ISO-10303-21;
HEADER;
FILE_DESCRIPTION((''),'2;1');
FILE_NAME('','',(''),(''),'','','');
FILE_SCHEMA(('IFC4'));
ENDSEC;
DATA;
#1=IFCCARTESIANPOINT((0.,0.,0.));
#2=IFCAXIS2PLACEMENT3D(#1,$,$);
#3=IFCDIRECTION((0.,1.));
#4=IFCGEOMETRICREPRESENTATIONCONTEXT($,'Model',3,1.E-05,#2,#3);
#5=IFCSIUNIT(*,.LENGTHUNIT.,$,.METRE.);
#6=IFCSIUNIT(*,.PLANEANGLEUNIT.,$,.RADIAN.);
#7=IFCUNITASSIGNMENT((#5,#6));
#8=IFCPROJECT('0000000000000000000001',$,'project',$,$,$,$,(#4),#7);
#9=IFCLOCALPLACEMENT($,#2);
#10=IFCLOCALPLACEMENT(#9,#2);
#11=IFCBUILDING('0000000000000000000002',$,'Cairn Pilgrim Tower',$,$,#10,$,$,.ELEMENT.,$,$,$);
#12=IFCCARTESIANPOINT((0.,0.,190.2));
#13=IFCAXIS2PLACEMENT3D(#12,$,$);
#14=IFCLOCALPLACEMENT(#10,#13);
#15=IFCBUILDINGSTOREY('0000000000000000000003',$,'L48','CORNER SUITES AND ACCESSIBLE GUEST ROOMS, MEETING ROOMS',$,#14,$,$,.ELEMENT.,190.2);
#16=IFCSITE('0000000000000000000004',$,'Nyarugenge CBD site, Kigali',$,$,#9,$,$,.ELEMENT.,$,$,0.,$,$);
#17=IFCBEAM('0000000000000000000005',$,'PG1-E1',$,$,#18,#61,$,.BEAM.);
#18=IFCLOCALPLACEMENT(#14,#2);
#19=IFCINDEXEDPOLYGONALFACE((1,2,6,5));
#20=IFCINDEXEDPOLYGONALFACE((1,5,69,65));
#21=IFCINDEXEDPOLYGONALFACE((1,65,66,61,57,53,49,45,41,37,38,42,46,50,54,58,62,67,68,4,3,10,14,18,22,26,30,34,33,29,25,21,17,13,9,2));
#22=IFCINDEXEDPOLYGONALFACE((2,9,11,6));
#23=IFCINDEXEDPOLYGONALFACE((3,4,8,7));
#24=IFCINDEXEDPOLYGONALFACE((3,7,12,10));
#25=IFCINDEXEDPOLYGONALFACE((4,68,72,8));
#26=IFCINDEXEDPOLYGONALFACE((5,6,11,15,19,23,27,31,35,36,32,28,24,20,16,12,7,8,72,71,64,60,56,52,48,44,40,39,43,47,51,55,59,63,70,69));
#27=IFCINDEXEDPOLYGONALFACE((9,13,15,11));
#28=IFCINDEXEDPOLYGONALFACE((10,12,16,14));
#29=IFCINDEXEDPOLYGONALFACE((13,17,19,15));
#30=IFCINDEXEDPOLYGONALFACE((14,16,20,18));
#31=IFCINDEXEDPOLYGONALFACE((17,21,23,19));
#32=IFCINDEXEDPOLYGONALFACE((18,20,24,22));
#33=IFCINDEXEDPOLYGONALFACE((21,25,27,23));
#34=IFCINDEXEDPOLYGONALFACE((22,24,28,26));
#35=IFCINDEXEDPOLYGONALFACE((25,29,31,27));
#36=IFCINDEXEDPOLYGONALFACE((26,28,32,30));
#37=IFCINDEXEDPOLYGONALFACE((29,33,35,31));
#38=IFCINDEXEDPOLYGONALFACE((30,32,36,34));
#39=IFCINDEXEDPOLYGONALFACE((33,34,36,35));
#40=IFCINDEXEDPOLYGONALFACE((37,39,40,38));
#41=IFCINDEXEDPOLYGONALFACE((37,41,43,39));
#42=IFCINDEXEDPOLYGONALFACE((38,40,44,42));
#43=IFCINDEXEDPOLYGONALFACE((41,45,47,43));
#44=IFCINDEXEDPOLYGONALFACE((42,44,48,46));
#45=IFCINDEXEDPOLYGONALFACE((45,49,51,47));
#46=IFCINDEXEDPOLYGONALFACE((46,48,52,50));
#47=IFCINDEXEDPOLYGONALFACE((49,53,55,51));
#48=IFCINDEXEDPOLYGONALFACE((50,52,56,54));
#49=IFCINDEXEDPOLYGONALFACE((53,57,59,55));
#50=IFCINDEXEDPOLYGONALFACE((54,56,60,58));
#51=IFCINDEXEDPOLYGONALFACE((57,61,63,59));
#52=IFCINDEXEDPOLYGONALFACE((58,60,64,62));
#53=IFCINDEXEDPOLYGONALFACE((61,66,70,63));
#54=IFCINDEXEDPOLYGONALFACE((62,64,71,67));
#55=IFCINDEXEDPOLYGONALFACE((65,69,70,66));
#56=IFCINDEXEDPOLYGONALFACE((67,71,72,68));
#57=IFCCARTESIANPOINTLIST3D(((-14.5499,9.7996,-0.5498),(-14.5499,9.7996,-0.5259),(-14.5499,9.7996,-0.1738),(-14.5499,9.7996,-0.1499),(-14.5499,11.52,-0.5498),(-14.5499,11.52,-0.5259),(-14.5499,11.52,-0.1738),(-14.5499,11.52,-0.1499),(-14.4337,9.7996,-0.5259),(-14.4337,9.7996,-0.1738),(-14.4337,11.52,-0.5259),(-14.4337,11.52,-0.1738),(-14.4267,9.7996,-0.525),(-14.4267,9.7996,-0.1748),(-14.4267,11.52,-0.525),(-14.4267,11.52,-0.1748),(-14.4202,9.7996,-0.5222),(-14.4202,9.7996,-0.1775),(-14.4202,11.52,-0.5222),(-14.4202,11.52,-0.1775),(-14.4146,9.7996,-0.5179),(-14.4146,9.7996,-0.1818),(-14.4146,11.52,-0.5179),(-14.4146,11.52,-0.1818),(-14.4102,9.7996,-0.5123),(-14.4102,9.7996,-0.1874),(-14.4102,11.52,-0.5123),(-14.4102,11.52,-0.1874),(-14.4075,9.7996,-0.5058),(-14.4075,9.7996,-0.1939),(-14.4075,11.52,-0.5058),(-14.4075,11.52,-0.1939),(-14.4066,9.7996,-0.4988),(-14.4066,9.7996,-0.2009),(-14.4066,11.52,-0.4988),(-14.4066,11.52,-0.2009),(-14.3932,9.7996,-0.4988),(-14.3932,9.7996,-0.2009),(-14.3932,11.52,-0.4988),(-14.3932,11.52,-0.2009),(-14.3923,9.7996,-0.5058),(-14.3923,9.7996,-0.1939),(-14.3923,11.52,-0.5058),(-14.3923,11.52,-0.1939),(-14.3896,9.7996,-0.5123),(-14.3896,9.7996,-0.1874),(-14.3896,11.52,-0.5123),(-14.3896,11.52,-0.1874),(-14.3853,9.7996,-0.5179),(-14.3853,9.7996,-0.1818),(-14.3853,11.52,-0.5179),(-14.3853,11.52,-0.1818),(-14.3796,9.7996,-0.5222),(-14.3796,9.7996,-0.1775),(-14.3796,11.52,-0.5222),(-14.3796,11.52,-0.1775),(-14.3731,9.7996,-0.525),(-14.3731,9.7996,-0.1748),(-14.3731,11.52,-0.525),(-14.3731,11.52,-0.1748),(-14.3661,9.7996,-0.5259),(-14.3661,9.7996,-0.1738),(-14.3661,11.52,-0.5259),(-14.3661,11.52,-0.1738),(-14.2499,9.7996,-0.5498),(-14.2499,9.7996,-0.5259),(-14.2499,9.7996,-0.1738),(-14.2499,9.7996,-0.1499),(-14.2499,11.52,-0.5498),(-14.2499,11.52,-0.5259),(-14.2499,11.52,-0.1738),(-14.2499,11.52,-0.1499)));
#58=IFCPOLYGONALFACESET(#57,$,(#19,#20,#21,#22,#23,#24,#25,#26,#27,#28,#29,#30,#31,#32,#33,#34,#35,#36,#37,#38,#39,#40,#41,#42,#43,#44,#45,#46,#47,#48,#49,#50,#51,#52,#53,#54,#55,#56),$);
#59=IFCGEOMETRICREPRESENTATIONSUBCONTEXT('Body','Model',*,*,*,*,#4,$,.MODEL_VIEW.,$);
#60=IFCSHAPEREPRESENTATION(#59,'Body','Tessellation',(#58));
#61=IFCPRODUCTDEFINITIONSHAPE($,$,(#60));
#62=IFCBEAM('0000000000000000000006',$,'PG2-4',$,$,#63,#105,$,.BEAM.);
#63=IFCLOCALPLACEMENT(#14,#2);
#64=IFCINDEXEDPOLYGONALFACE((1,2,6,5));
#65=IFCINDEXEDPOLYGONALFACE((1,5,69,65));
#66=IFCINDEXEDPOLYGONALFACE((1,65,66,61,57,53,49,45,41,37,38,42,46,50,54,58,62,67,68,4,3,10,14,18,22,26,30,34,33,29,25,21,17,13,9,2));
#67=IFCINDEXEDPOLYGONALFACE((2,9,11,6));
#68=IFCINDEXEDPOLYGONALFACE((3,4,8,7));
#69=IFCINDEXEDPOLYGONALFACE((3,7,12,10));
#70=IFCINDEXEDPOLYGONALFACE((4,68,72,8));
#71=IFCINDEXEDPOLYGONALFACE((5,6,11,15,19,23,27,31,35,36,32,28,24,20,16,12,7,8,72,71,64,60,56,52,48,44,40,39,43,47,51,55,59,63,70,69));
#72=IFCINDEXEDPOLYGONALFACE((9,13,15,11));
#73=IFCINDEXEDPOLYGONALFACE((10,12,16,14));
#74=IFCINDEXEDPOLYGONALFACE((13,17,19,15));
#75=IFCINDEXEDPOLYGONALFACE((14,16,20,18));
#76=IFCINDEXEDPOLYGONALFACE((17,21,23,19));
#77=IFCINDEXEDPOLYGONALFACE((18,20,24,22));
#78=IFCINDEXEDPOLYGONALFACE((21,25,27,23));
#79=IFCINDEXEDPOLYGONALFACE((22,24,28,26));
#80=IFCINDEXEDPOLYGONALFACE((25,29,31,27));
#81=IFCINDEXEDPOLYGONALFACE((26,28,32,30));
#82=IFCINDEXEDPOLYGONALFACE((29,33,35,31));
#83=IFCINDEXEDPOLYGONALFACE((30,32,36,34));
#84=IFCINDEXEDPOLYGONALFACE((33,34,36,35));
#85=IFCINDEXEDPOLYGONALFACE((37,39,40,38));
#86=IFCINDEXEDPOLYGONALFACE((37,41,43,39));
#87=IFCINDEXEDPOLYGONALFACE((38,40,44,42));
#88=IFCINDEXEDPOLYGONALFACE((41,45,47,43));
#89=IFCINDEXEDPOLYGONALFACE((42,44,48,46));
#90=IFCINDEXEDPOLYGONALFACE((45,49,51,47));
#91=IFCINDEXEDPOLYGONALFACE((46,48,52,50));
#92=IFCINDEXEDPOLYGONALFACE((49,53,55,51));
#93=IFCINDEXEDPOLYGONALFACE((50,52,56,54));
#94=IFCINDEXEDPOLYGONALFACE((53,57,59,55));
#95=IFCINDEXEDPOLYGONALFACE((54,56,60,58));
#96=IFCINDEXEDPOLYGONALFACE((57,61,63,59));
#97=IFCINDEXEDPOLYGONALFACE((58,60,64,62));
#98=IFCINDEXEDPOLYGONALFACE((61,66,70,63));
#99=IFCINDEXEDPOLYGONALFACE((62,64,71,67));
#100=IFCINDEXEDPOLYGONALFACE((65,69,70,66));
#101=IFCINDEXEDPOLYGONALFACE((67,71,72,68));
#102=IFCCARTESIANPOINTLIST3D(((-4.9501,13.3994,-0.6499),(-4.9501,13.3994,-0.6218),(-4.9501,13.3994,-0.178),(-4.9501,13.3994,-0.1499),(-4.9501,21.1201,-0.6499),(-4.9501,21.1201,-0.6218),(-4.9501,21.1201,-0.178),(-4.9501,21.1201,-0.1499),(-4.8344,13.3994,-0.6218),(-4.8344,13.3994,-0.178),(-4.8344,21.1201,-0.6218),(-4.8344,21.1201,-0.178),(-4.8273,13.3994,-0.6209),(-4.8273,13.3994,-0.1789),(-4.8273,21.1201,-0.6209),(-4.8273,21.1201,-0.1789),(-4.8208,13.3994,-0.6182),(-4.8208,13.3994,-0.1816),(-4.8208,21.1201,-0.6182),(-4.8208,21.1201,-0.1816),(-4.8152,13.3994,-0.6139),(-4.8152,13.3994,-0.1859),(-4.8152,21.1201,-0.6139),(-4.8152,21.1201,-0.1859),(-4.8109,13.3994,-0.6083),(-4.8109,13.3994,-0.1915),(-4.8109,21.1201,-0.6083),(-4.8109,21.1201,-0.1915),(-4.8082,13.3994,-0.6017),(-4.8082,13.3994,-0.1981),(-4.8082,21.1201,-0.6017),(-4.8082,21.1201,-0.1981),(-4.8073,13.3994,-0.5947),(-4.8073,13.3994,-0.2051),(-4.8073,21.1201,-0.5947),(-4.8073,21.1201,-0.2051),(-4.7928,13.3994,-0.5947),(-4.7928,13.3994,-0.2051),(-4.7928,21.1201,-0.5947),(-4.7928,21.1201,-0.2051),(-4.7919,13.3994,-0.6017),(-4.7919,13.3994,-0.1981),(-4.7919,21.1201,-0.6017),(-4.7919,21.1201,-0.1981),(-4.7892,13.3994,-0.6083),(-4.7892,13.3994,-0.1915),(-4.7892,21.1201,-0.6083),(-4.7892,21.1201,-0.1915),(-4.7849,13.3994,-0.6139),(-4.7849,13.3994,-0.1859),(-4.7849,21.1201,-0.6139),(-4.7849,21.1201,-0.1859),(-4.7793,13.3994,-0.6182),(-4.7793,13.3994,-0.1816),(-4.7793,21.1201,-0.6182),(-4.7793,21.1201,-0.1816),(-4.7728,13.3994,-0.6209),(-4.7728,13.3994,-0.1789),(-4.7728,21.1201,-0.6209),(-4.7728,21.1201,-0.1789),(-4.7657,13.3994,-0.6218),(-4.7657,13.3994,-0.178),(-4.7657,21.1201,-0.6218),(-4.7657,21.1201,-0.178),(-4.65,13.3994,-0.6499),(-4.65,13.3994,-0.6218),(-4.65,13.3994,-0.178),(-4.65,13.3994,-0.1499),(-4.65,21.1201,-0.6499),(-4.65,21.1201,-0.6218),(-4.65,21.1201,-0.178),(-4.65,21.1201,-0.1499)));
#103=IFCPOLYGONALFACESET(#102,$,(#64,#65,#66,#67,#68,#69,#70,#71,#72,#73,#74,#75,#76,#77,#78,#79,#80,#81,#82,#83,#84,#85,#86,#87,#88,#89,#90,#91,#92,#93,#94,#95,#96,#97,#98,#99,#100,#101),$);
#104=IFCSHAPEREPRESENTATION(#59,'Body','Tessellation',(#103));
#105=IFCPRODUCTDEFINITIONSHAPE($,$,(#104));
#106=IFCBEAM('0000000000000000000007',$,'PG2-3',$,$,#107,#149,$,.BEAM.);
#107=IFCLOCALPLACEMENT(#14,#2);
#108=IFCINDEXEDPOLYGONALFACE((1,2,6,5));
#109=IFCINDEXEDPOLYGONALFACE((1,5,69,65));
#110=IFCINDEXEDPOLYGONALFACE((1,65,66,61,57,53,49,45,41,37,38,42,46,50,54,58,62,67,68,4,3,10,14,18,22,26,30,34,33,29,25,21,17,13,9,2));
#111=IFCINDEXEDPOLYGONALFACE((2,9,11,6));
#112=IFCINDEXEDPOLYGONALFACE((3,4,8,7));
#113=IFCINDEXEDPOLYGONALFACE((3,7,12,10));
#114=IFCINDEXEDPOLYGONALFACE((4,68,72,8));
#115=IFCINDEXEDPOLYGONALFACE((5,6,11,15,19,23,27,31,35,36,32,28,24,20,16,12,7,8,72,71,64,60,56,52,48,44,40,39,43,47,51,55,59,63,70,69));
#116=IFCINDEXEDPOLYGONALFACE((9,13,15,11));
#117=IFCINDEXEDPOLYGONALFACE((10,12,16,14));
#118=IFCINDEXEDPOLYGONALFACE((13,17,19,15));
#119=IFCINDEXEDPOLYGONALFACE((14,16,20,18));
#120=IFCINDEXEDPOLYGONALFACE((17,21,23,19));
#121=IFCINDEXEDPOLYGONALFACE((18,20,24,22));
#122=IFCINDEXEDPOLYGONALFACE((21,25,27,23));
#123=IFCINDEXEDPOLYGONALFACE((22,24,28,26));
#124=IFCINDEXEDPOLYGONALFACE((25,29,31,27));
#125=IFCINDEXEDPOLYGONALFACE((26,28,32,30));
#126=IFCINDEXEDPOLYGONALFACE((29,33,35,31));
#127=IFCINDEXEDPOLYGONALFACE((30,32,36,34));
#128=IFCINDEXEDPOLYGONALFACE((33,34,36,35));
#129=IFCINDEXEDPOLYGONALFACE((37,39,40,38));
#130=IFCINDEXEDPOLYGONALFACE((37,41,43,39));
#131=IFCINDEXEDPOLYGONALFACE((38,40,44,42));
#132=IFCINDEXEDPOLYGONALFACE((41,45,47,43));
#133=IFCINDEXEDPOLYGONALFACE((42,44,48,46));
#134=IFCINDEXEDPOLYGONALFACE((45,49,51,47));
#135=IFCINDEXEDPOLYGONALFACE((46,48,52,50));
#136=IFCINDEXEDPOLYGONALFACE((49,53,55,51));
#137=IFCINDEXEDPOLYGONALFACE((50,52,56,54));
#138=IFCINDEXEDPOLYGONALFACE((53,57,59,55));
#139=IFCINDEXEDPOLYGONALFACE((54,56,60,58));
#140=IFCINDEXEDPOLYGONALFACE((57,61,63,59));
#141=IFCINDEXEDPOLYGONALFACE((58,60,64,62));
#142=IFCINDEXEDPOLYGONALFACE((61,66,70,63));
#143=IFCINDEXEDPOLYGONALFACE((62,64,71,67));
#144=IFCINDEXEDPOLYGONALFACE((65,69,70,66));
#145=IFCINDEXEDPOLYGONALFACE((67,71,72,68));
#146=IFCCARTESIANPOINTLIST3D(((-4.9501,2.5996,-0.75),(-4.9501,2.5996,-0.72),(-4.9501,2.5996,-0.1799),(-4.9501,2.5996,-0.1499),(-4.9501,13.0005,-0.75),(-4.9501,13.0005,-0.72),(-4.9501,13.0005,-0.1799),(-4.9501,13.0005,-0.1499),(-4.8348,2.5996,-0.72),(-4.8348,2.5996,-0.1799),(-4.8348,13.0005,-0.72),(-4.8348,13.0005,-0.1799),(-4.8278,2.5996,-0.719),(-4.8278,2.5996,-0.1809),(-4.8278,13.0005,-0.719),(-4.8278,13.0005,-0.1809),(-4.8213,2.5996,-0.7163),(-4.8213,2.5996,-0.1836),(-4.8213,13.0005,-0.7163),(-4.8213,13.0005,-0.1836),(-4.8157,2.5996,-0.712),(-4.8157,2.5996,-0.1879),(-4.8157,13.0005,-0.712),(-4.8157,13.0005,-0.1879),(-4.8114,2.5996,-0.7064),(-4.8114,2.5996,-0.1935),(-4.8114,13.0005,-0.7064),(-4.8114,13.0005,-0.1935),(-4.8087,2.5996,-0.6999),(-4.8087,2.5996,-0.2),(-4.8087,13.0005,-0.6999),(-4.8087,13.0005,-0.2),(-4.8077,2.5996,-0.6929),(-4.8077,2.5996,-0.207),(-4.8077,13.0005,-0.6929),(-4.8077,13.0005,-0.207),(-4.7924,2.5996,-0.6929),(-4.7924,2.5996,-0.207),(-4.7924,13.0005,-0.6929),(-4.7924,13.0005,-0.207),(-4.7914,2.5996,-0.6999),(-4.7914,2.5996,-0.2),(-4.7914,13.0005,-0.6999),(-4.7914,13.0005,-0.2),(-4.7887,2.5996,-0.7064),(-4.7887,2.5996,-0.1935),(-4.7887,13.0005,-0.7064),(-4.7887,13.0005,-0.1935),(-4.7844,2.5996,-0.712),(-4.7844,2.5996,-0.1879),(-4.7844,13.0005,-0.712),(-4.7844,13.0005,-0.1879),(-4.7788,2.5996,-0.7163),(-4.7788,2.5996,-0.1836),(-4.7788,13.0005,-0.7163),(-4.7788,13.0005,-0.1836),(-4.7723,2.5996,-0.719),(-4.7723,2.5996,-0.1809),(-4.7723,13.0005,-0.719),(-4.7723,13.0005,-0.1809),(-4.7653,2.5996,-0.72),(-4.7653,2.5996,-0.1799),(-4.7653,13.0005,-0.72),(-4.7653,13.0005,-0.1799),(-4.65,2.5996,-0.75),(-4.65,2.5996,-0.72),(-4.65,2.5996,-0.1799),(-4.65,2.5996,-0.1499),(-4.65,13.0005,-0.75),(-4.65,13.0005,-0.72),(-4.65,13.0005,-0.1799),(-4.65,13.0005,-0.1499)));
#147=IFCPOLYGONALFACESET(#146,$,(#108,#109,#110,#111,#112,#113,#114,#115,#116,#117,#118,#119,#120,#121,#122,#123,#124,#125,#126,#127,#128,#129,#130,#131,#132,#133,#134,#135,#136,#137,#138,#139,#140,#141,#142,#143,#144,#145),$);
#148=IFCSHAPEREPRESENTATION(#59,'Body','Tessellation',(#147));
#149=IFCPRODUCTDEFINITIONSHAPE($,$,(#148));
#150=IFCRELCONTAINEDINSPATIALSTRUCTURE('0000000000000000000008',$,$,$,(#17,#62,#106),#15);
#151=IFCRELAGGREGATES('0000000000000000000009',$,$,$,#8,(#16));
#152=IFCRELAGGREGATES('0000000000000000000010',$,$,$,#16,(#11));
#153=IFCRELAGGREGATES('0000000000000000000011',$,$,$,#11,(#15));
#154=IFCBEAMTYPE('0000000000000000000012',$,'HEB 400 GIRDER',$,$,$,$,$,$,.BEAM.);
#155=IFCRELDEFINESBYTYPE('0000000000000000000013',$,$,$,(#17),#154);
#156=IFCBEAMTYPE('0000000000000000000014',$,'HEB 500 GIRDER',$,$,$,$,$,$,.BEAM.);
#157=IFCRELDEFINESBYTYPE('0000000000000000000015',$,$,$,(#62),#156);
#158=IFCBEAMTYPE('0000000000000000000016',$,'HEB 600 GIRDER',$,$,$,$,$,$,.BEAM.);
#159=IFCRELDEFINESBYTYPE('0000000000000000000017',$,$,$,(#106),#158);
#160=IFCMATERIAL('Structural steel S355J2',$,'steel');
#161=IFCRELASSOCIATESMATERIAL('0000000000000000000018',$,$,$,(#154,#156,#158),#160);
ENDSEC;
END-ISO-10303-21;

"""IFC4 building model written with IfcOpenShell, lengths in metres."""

from ifc_helpers import new_model, si_unit, direction, frame, origin, origin_2d, place, context, subcontext, project, spatial, i_section, extrude, material, material_profile, profile_set, type_object, element, save


model = new_model("IFC4")

# Units and contexts
model_context = context("Model", 3, precision=1e-05, world=origin(), true_north=direction((0.0, 1.0)))
body_context = subcontext(model_context, "Body", "Model", "MODEL_VIEW")
ifc_project = project(units=[si_unit("LENGTHUNIT", "METRE"), si_unit("PLANEANGLEUNIT", "RADIAN")], contexts=[model_context])

# Site, building, storey
site_placement = place(None, origin())
site = spatial("IfcSite", under=ifc_project, at=site_placement, Name="Nyarugenge CBD site, Kigali", CompositionType="ELEMENT", RefElevation=0.0)
building_placement = place(site_placement, origin())
building = spatial("IfcBuilding", under=site, at=building_placement, Name="Cairn Pilgrim Tower", CompositionType="ELEMENT")
storey_placement = place(building_placement, frame((0.0, 0.0, 190.2)))
storey = spatial("IfcBuildingStorey", under=building, at=storey_placement, Name="L48", Description="CORNER SUITES AND ACCESSIBLE GUEST ROOMS, MEETING ROOMS", CompositionType="ELEMENT", Elevation=190.2)

# Shared definitions
ifc_material_1 = material(Name="Structural steel S355J2", Category="steel")

# Beams
ifc_material_profile_1 = material_profile(ifc_material_1, i_section(OverallWidth=0.3, OverallDepth=0.3999, WebThickness=0.0134, FlangeThickness=0.0239, FilletRadius=0.0271, at=origin_2d()), Name="HEB 400")
ifc_profile_set_1 = profile_set([ifc_material_profile_1], Name="Structural steel S355J2")
beam_type_1 = type_object("IfcBeamType", Name="HEB 400 GIRDER", PredefinedType="BEAM", material=ifc_profile_set_1)
beam_1_placement = place(storey_placement, frame((-14.3999, 9.7996, -0.3499), z_axis=(0.0, 1.0, 0.0), x_axis=(-1.0, 0.0, 0.0)))
element("IfcBeam", 1, at=beam_1_placement, inside=storey, type_object=beam_type_1, Name="PG1-E1", PredefinedType="BEAM", context=body_context, shape_type="SweptSolid", body=[
    extrude(i_section(OverallWidth=0.3, OverallDepth=0.3999, WebThickness=0.0134, FlangeThickness=0.0239, FilletRadius=0.0271, at=origin_2d()), origin(), (0.0, 0.0, 1.0), 1.7205),
])
ifc_material_profile_2 = material_profile(ifc_material_1, i_section(OverallWidth=0.3, OverallDepth=0.5, WebThickness=0.0144, FlangeThickness=0.0281, FilletRadius=0.0271, at=origin_2d()), Name="HEB 500")
ifc_profile_set_2 = profile_set([ifc_material_profile_2], Name="Structural steel S355J2")
beam_type_2 = type_object("IfcBeamType", Name="HEB 500 GIRDER", PredefinedType="BEAM", material=ifc_profile_set_2)
beam_2_placement = place(storey_placement, frame((-4.8, 13.3994, -0.3999), z_axis=(0.0, 1.0, 0.0), x_axis=(-1.0, 0.0, 0.0)))
element("IfcBeam", 2, at=beam_2_placement, inside=storey, type_object=beam_type_2, Name="PG2-4", PredefinedType="BEAM", context=body_context, shape_type="SweptSolid", body=[
    extrude(i_section(OverallWidth=0.3, OverallDepth=0.5, WebThickness=0.0144, FlangeThickness=0.0281, FilletRadius=0.0271, at=origin_2d()), origin(), (0.0, 0.0, 1.0), 7.7207),
])
ifc_material_profile_3 = material_profile(ifc_material_1, i_section(OverallWidth=0.3, OverallDepth=0.6001, WebThickness=0.0154, FlangeThickness=0.03, FilletRadius=0.0271, at=origin_2d()), Name="HEB 600")
ifc_profile_set_3 = profile_set([ifc_material_profile_3], Name="Structural steel S355J2")
beam_type_3 = type_object("IfcBeamType", Name="HEB 600 GIRDER", PredefinedType="BEAM", material=ifc_profile_set_3)
beam_3_placement = place(storey_placement, frame((-4.8, 2.5996, -0.45), z_axis=(0.0, 1.0, 0.0), x_axis=(-1.0, 0.0, 0.0)))
element("IfcBeam", 3, at=beam_3_placement, inside=storey, type_object=beam_type_3, Name="PG2-3", PredefinedType="BEAM", context=body_context, shape_type="SweptSolid", body=[
    extrude(i_section(OverallWidth=0.3, OverallDepth=0.6001, WebThickness=0.0154, FlangeThickness=0.03, FilletRadius=0.0271, at=origin_2d()), origin(), (0.0, 0.0, 1.0), 10.4009),
])

save(model, "model.ifc")
